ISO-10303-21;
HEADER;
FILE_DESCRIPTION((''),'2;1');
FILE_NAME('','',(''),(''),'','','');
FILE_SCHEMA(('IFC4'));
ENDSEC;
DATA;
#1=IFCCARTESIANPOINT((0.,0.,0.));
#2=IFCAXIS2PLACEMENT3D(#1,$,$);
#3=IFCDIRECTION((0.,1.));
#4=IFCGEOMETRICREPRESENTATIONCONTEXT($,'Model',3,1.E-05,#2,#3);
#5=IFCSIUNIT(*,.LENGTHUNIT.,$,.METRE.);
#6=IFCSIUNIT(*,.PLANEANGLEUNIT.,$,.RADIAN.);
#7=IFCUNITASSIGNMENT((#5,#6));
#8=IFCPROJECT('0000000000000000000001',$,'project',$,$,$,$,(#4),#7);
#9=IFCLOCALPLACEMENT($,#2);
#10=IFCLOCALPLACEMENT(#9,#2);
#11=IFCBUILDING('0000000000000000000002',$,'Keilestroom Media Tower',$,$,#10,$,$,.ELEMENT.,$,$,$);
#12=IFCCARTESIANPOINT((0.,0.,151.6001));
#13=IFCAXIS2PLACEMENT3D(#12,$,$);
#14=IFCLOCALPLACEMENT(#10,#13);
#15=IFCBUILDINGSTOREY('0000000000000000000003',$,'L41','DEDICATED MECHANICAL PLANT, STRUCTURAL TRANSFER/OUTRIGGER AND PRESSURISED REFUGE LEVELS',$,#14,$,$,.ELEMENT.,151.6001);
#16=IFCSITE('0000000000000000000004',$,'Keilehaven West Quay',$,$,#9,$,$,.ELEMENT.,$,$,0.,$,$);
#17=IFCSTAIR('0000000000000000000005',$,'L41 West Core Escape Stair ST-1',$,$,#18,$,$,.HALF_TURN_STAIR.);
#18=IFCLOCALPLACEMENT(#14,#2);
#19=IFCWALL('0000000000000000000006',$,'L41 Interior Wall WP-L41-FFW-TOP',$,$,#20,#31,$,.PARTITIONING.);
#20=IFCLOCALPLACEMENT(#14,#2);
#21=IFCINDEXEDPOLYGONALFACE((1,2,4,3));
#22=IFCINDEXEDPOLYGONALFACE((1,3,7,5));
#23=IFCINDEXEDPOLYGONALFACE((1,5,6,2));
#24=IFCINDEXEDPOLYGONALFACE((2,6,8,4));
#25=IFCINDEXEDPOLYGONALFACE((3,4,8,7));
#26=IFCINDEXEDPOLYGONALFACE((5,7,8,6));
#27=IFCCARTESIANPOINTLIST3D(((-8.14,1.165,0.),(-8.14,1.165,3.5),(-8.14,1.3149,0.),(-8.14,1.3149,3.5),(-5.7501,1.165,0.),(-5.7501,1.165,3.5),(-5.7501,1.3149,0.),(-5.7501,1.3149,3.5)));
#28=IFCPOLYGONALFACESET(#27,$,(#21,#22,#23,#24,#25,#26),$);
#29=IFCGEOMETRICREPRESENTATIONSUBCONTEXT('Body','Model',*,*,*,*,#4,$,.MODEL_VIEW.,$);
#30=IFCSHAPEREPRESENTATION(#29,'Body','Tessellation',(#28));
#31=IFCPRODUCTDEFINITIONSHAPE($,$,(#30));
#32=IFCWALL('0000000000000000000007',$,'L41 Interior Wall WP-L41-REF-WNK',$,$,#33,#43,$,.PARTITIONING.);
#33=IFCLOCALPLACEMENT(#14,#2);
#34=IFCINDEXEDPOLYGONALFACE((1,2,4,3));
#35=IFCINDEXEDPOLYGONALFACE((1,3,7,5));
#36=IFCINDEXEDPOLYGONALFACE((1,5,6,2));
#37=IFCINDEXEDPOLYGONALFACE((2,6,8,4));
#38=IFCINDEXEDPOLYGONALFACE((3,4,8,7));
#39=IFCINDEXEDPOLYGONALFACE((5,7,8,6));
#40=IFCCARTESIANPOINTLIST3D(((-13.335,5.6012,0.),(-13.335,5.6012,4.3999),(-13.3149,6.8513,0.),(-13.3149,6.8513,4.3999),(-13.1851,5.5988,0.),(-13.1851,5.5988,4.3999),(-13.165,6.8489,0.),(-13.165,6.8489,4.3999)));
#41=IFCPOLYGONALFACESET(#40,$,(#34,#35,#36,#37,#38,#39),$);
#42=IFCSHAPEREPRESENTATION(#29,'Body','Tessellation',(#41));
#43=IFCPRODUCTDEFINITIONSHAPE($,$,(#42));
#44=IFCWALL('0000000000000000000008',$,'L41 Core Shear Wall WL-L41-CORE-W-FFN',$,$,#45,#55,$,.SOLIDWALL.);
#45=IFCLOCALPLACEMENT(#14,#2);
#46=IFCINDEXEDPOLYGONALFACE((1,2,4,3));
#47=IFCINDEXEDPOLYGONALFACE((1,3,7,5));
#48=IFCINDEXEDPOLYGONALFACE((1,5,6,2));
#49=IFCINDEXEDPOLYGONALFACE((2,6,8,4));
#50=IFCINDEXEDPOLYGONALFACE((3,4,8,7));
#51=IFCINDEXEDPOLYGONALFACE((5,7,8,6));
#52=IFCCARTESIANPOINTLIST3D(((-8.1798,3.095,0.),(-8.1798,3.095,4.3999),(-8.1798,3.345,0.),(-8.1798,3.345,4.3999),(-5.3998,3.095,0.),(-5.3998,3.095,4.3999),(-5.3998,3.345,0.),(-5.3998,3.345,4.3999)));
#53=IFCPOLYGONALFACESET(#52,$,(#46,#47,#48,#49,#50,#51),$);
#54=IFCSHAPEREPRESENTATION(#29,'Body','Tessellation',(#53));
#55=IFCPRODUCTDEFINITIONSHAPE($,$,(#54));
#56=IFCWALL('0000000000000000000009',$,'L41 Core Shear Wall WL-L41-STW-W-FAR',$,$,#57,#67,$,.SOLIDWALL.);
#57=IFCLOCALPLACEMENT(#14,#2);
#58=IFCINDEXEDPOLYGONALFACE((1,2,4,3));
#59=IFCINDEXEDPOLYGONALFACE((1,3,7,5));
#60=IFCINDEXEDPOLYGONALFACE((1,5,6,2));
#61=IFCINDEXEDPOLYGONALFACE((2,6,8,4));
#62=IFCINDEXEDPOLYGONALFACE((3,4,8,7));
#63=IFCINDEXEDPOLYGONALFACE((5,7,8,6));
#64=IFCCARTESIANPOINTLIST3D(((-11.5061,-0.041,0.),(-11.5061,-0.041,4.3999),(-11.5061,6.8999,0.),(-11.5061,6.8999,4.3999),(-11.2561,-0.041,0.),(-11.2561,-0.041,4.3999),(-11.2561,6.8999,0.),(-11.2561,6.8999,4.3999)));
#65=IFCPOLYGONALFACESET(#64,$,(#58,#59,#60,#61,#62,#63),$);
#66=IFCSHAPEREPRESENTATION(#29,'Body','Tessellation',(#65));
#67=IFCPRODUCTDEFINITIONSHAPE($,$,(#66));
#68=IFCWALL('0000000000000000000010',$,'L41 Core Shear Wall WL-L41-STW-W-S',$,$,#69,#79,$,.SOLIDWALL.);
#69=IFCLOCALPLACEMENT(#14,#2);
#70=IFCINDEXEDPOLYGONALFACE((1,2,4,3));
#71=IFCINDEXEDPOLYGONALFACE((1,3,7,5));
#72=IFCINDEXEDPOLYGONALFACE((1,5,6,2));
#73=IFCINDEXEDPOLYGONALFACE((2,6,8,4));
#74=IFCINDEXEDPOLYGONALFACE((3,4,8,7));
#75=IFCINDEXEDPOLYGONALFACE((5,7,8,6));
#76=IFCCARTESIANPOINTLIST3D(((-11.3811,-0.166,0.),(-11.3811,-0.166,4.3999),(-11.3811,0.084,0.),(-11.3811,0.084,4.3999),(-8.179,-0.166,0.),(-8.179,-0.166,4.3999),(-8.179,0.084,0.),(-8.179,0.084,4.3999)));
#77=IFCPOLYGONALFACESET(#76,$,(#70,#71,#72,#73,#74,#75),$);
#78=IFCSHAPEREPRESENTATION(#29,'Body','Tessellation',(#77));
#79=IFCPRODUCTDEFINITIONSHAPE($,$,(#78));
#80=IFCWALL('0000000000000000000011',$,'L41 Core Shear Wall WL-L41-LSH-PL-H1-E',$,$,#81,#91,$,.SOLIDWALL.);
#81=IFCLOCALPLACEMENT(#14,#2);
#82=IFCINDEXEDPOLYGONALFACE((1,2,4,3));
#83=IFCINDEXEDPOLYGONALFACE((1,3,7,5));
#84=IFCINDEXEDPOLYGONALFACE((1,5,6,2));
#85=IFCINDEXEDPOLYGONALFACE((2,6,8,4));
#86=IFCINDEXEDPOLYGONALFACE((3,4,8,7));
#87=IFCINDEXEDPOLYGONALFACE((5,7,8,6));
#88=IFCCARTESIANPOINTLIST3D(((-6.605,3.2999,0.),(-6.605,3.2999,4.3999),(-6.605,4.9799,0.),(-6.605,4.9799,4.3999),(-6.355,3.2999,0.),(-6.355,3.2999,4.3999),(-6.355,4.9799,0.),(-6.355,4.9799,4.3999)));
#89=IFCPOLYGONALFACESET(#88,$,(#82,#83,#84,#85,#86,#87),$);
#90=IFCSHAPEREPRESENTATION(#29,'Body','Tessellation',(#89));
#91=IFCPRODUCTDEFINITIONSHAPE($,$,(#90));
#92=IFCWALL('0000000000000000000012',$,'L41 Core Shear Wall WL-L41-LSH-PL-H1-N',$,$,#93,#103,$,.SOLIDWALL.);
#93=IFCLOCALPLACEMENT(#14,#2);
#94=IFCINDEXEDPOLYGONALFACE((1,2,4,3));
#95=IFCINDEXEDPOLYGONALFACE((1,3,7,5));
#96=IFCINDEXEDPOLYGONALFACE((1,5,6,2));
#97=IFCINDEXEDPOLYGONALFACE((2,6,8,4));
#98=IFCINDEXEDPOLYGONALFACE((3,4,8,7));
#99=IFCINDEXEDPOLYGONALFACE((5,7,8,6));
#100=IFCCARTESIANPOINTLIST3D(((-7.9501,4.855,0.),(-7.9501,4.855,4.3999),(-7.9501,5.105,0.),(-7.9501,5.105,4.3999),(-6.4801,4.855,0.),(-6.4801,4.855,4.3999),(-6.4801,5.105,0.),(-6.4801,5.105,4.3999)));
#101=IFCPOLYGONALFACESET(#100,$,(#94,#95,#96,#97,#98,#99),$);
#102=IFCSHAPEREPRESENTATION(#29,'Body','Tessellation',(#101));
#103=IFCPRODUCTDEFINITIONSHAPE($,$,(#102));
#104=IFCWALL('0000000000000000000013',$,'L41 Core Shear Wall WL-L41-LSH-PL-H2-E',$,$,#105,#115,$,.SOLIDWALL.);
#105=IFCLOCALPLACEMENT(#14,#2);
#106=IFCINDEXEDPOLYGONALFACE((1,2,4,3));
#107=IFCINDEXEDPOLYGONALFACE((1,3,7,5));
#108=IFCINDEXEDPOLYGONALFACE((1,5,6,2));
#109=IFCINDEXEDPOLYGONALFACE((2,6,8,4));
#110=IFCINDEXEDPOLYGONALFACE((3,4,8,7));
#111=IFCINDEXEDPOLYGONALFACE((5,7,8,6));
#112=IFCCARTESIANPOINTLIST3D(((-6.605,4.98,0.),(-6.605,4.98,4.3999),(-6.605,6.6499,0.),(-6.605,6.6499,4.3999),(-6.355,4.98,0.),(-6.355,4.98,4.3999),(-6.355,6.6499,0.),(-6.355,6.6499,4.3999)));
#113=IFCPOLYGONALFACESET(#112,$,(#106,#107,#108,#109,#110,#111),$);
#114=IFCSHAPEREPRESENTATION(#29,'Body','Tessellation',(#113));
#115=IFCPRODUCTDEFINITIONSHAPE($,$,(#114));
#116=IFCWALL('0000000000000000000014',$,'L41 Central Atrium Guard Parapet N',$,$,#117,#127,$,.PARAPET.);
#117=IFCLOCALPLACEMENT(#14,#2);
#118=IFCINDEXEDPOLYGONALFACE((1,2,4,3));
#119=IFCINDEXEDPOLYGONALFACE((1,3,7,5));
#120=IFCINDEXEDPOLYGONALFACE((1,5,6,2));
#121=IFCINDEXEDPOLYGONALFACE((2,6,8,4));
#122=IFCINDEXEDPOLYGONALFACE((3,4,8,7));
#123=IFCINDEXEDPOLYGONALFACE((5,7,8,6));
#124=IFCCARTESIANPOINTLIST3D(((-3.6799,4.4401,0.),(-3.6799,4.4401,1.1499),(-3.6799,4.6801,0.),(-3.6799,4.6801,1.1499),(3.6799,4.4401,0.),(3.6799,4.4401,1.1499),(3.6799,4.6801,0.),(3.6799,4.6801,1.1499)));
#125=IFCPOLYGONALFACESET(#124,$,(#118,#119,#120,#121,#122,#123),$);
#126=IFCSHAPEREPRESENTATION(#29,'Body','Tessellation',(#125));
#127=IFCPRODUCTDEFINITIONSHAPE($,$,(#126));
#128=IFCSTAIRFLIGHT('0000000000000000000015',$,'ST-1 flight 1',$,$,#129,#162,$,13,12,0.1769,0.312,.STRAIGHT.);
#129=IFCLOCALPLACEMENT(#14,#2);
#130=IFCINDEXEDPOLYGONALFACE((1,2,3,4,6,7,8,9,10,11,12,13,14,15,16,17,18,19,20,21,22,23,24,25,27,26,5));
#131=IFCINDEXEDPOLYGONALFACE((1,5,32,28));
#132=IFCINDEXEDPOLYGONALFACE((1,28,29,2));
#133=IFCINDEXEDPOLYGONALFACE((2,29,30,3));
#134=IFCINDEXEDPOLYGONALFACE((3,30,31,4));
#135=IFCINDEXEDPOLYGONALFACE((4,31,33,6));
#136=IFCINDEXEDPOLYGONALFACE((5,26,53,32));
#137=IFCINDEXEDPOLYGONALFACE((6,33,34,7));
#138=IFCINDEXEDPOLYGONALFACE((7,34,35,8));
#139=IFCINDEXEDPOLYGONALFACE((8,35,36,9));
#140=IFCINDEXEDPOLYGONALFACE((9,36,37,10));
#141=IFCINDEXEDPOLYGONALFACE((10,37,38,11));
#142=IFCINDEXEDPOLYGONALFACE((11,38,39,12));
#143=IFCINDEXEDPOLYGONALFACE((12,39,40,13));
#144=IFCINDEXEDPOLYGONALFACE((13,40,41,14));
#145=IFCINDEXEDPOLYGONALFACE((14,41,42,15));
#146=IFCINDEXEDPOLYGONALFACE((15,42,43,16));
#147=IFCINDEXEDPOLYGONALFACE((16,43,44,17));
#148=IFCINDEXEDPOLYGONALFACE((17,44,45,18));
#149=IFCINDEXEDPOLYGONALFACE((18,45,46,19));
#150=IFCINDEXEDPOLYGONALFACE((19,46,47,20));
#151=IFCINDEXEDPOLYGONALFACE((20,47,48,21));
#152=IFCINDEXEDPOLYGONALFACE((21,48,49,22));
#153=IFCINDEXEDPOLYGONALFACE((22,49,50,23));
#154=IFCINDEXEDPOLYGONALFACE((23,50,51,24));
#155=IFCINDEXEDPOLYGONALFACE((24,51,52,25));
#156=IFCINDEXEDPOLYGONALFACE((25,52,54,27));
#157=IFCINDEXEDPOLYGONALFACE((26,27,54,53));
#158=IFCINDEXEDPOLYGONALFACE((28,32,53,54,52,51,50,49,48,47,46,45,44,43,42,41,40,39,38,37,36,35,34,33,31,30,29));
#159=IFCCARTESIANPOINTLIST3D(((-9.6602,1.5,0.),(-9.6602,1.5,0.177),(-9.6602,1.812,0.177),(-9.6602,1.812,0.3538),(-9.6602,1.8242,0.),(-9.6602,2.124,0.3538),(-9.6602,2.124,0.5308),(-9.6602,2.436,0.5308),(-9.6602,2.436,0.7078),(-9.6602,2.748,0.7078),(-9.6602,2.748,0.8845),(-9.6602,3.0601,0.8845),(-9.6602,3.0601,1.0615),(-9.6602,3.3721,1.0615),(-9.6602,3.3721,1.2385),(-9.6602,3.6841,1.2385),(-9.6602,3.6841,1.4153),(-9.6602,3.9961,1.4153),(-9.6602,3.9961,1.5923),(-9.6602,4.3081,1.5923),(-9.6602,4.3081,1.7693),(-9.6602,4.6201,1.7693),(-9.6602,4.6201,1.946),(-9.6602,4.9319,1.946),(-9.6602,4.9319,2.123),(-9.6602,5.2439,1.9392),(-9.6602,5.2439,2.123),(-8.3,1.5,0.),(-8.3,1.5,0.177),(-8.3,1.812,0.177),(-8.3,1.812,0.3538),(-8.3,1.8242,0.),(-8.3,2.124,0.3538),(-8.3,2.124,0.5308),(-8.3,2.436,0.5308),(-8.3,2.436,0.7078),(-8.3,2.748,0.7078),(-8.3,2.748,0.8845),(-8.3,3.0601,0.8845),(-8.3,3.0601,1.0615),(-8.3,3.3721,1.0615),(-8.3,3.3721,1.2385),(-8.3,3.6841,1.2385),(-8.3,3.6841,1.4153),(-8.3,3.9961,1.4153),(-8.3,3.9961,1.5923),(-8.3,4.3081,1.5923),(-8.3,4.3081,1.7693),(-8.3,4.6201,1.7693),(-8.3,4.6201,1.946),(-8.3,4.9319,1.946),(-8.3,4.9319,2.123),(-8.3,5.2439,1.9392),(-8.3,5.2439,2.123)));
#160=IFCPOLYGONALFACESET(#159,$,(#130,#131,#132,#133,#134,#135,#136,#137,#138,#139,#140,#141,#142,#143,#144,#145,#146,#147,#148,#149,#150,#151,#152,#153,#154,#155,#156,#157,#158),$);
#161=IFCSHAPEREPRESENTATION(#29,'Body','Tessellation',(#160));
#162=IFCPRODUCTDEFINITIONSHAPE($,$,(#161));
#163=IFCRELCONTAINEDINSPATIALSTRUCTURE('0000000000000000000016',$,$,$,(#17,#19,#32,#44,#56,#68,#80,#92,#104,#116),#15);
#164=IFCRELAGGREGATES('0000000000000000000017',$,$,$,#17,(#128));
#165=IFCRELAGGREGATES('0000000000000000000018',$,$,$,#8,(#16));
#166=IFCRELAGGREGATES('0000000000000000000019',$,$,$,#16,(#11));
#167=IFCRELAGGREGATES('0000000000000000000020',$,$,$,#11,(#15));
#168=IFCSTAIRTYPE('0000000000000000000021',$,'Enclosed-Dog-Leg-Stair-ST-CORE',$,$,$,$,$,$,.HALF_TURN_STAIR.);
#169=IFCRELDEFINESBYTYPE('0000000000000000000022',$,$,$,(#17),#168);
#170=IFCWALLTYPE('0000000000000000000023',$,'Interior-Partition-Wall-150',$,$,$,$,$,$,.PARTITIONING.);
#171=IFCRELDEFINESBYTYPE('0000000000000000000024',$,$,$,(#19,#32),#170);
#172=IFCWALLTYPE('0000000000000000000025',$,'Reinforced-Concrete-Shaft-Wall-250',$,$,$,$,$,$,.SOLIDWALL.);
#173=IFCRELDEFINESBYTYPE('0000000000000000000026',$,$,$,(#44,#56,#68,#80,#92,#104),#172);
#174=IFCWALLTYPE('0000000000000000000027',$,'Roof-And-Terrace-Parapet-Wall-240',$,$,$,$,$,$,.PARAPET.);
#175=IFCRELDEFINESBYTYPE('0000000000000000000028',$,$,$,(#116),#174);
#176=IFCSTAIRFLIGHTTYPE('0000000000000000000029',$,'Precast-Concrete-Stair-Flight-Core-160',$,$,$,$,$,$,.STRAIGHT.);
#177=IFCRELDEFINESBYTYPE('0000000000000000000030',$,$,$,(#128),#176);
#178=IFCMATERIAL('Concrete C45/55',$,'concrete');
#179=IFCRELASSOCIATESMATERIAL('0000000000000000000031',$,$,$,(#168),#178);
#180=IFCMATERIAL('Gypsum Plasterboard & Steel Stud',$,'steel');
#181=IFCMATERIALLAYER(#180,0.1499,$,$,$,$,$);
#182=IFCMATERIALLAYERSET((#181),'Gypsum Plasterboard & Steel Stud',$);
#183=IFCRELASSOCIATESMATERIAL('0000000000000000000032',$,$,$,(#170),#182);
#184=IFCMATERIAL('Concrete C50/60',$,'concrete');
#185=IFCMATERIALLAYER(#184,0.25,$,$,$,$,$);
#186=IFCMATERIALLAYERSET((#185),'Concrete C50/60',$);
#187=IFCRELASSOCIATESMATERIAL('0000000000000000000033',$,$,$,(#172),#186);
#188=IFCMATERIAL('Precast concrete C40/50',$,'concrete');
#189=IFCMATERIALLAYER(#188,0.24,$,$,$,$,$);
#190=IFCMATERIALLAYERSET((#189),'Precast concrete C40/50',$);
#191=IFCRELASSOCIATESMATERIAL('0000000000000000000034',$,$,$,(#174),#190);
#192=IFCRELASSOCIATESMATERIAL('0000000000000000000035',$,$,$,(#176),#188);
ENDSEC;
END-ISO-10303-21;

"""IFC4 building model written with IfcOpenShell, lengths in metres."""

from ifc_helpers import new_model, si_unit, direction, frame, frame_2d, origin, place, context, subcontext, project, spatial, polyline, rectangle, outline, extrude, material, layer, layer_set, type_object, element, aggregate, save


model = new_model("IFC4")

# Units and contexts
model_context = context("Model", 3, precision=1e-05, world=origin(), true_north=direction((0.0, 1.0)))
body_context = subcontext(model_context, "Body", "Model", "MODEL_VIEW")
ifc_project = project(units=[si_unit("LENGTHUNIT", "METRE"), si_unit("PLANEANGLEUNIT", "RADIAN")], contexts=[model_context])

# Site, building, storey
site_placement = place(None, origin())
site = spatial("IfcSite", under=ifc_project, at=site_placement, Name="Keilehaven West Quay", CompositionType="ELEMENT", RefElevation=0.0)
building_placement = place(site_placement, origin())
building = spatial("IfcBuilding", under=site, at=building_placement, Name="Keilestroom Media Tower", CompositionType="ELEMENT")
storey_placement = place(building_placement, frame((0.0, 0.0, 151.6001)))
storey = spatial("IfcBuildingStorey", under=building, at=storey_placement, Name="L41", Description="DEDICATED MECHANICAL PLANT, STRUCTURAL TRANSFER/OUTRIGGER AND PRESSURISED REFUGE LEVELS", CompositionType="ELEMENT", Elevation=151.6001)

# Shared definitions
ifc_material_1 = material(Name="Concrete C50/60", Category="concrete")

# Stair
ifc_material_2 = material(Name="Concrete C45/55", Category="concrete")
stair_type = type_object("IfcStairType", Name="Enclosed-Dog-Leg-Stair-ST-CORE", PredefinedType="HALF_TURN_STAIR", material=ifc_material_2)
stair_placement = place(storey_placement, origin())
stair = element("IfcStair", 1, at=stair_placement, inside=storey, type_object=stair_type, Name="L41 West Core Escape Stair ST-1", PredefinedType="HALF_TURN_STAIR")

# Walls
ifc_material_3 = material(Name="Gypsum Plasterboard & Steel Stud", Category="steel")
ifc_layer_1 = layer(ifc_material_3, 0.1499)
ifc_layer_set_1 = layer_set([ifc_layer_1], Name="Gypsum Plasterboard & Steel Stud")
wall_type_1 = type_object("IfcWallType", Name="Interior-Partition-Wall-150", PredefinedType="PARTITIONING", material=ifc_layer_set_1)
wall_1_placement = place(storey_placement, frame((-8.1399, 1.24, 0.0), z_axis=(0.0, 0.0, 1.0), x_axis=(1.0, 0.0, 0.0)))
element("IfcWall", 2, at=wall_1_placement, inside=storey, type_object=wall_type_1, Name="L41 Interior Wall WP-L41-FFW-TOP", PredefinedType="PARTITIONING", context=body_context, shape_type="SweptSolid", body=[
    extrude(rectangle(XDim=2.3899, YDim=0.1499, at=frame_2d((1.1948, 0.0))), origin(), (0.0, 0.0, 1.0), 3.5),
])
wall_2_placement = place(storey_placement, frame((-13.26, 5.6001, 0.0), z_axis=(0.0, 0.0, 1.0), x_axis=(0.016014, 0.999872, 0.0)))
element("IfcWall", 3, at=wall_2_placement, inside=storey, type_object=wall_type_1, Name="L41 Interior Wall WP-L41-REF-WNK", PredefinedType="PARTITIONING", context=body_context, shape_type="SweptSolid", body=[
    extrude(rectangle(XDim=1.2502, YDim=0.1499, at=frame_2d((0.625, 0.0))), origin(), (0.0, 0.0, 1.0), 4.3999),
])
ifc_layer_2 = layer(ifc_material_1, 0.25)
ifc_layer_set_2 = layer_set([ifc_layer_2], Name="Concrete C50/60")
wall_type_2 = type_object("IfcWallType", Name="Reinforced-Concrete-Shaft-Wall-250", PredefinedType="SOLIDWALL", material=ifc_layer_set_2)
wall_3_placement = place(storey_placement, frame((-8.1799, 3.22, 0.0), z_axis=(0.0, 0.0, 1.0), x_axis=(1.0, 0.0, 0.0)))
element("IfcWall", 4, at=wall_3_placement, inside=storey, type_object=wall_type_2, Name="L41 Core Shear Wall WL-L41-CORE-W-FFN", PredefinedType="SOLIDWALL", context=body_context, shape_type="SweptSolid", body=[
    extrude(rectangle(XDim=2.78, YDim=0.25, at=frame_2d((1.3901, 0.0))), origin(), (0.0, 0.0, 1.0), 4.3999),
])
wall_4_placement = place(storey_placement, frame((-11.3811, -0.041, 0.0), z_axis=(0.0, 0.0, 1.0), x_axis=(0.0, 1.0, 0.0)))
element("IfcWall", 5, at=wall_4_placement, inside=storey, type_object=wall_type_2, Name="L41 Core Shear Wall WL-L41-STW-W-FAR", PredefinedType="SOLIDWALL", context=body_context, shape_type="SweptSolid", body=[
    extrude(rectangle(XDim=6.9409, YDim=0.25, at=frame_2d((3.4705, 0.0))), origin(), (0.0, 0.0, 1.0), 4.3999),
])
wall_5_placement = place(storey_placement, frame((-11.3811, -0.041, 0.0), z_axis=(0.0, 0.0, 1.0), x_axis=(1.0, 0.0, 0.0)))
element("IfcWall", 6, at=wall_5_placement, inside=storey, type_object=wall_type_2, Name="L41 Core Shear Wall WL-L41-STW-W-S", PredefinedType="SOLIDWALL", context=body_context, shape_type="SweptSolid", body=[
    extrude(rectangle(XDim=3.2021, YDim=0.25, at=frame_2d((1.6011, 0.0))), origin(), (0.0, 0.0, 1.0), 4.3999),
])
wall_6_placement = place(storey_placement, frame((-6.48, 3.3, 0.0), z_axis=(0.0, 0.0, 1.0), x_axis=(0.0, 1.0, 0.0)))
element("IfcWall", 7, at=wall_6_placement, inside=storey, type_object=wall_type_2, Name="L41 Core Shear Wall WL-L41-LSH-PL-H1-E", PredefinedType="SOLIDWALL", context=body_context, shape_type="SweptSolid", body=[
    extrude(rectangle(XDim=1.6799, YDim=0.25, at=frame_2d((0.8398, 0.0))), origin(), (0.0, 0.0, 1.0), 4.3999),
])
wall_7_placement = place(storey_placement, frame((-7.95, 4.98, 0.0), z_axis=(0.0, 0.0, 1.0), x_axis=(1.0, 0.0, 0.0)))
element("IfcWall", 8, at=wall_7_placement, inside=storey, type_object=wall_type_2, Name="L41 Core Shear Wall WL-L41-LSH-PL-H1-N", PredefinedType="SOLIDWALL", context=body_context, shape_type="SweptSolid", body=[
    extrude(rectangle(XDim=1.47, YDim=0.25, at=frame_2d((0.7349, 0.0))), origin(), (0.0, 0.0, 1.0), 4.3999),
])
wall_8_placement = place(storey_placement, frame((-6.48, 4.98, 0.0), z_axis=(0.0, 0.0, 1.0), x_axis=(0.0, 1.0, 0.0)))
element("IfcWall", 9, at=wall_8_placement, inside=storey, type_object=wall_type_2, Name="L41 Core Shear Wall WL-L41-LSH-PL-H2-E", PredefinedType="SOLIDWALL", context=body_context, shape_type="SweptSolid", body=[
    extrude(rectangle(XDim=1.6699, YDim=0.25, at=frame_2d((0.835, 0.0))), origin(), (0.0, 0.0, 1.0), 4.3999),
])
ifc_material_4 = material(Name="Precast concrete C40/50", Category="concrete")
ifc_layer_3 = layer(ifc_material_4, 0.24)
ifc_layer_set_3 = layer_set([ifc_layer_3], Name="Precast concrete C40/50")
wall_type_3 = type_object("IfcWallType", Name="Roof-And-Terrace-Parapet-Wall-240", PredefinedType="PARAPET", material=ifc_layer_set_3)
wall_9_placement = place(storey_placement, frame((-3.6799, 4.5601, 0.0), z_axis=(0.0, 0.0, 1.0), x_axis=(1.0, 0.0, 0.0)))
element("IfcWall", 10, at=wall_9_placement, inside=storey, type_object=wall_type_3, Name="L41 Central Atrium Guard Parapet N", PredefinedType="PARAPET", context=body_context, shape_type="SweptSolid", body=[
    extrude(rectangle(XDim=7.3599, YDim=0.24, at=frame_2d((3.6799, 0.0))), origin(), (0.0, 0.0, 1.0), 1.1499),
])

# Stair flight
stair_flight_type = type_object("IfcStairFlightType", Name="Precast-Concrete-Stair-Flight-Core-160", PredefinedType="STRAIGHT", material=ifc_material_4)
stair_flight_1_placement = place(storey_placement, frame((-8.98, 1.5, 0.0), z_axis=(0.0, 0.0, 1.0), x_axis=(0.0, 1.0, 0.0)))
stair_flight_1 = element("IfcStairFlight", 11, at=stair_flight_1_placement, type_object=stair_flight_type, Name="ST-1 flight 1", NumberOfRisers=13, NumberOfTreads=12, PredefinedType="STRAIGHT", RiserHeight=0.1769, TreadLength=0.312, context=body_context, shape_type="SweptSolid", body=[
    extrude(outline(polyline([(0.0, 0.0), (0.0, 0.177), (0.312, 0.177), (0.312, 0.3538), (0.624, 0.3538), (0.624, 0.5308), (0.936, 0.5308), (0.936, 0.7078), (1.248, 0.7078), (1.248, 0.8845), (1.5601, 0.8845), (1.5601, 1.0615), (1.8721, 1.0615), (1.8721, 1.2385), (2.1841, 1.2385), (2.1841, 1.4153), (2.4961, 1.4153), (2.4961, 1.5923), (2.8081, 1.5923), (2.8081, 1.7693), (3.1201, 1.7693), (3.1201, 1.946), (3.4319, 1.946), (3.4319, 2.123), (3.7439, 2.123), (3.7439, 2.3), (3.7439, 1.9392), (0.3242, 0.0), (0.0, 0.0)])), frame((0.0, 0.6802, 0.0), z_axis=(0.0, -1.0, 0.0), x_axis=(1.0, 0.0, 0.0)), (0.0, 0.0, 1.0), 1.3601),
])
aggregate(stair, [stair_flight_1])

save(model, "model.ifc")
